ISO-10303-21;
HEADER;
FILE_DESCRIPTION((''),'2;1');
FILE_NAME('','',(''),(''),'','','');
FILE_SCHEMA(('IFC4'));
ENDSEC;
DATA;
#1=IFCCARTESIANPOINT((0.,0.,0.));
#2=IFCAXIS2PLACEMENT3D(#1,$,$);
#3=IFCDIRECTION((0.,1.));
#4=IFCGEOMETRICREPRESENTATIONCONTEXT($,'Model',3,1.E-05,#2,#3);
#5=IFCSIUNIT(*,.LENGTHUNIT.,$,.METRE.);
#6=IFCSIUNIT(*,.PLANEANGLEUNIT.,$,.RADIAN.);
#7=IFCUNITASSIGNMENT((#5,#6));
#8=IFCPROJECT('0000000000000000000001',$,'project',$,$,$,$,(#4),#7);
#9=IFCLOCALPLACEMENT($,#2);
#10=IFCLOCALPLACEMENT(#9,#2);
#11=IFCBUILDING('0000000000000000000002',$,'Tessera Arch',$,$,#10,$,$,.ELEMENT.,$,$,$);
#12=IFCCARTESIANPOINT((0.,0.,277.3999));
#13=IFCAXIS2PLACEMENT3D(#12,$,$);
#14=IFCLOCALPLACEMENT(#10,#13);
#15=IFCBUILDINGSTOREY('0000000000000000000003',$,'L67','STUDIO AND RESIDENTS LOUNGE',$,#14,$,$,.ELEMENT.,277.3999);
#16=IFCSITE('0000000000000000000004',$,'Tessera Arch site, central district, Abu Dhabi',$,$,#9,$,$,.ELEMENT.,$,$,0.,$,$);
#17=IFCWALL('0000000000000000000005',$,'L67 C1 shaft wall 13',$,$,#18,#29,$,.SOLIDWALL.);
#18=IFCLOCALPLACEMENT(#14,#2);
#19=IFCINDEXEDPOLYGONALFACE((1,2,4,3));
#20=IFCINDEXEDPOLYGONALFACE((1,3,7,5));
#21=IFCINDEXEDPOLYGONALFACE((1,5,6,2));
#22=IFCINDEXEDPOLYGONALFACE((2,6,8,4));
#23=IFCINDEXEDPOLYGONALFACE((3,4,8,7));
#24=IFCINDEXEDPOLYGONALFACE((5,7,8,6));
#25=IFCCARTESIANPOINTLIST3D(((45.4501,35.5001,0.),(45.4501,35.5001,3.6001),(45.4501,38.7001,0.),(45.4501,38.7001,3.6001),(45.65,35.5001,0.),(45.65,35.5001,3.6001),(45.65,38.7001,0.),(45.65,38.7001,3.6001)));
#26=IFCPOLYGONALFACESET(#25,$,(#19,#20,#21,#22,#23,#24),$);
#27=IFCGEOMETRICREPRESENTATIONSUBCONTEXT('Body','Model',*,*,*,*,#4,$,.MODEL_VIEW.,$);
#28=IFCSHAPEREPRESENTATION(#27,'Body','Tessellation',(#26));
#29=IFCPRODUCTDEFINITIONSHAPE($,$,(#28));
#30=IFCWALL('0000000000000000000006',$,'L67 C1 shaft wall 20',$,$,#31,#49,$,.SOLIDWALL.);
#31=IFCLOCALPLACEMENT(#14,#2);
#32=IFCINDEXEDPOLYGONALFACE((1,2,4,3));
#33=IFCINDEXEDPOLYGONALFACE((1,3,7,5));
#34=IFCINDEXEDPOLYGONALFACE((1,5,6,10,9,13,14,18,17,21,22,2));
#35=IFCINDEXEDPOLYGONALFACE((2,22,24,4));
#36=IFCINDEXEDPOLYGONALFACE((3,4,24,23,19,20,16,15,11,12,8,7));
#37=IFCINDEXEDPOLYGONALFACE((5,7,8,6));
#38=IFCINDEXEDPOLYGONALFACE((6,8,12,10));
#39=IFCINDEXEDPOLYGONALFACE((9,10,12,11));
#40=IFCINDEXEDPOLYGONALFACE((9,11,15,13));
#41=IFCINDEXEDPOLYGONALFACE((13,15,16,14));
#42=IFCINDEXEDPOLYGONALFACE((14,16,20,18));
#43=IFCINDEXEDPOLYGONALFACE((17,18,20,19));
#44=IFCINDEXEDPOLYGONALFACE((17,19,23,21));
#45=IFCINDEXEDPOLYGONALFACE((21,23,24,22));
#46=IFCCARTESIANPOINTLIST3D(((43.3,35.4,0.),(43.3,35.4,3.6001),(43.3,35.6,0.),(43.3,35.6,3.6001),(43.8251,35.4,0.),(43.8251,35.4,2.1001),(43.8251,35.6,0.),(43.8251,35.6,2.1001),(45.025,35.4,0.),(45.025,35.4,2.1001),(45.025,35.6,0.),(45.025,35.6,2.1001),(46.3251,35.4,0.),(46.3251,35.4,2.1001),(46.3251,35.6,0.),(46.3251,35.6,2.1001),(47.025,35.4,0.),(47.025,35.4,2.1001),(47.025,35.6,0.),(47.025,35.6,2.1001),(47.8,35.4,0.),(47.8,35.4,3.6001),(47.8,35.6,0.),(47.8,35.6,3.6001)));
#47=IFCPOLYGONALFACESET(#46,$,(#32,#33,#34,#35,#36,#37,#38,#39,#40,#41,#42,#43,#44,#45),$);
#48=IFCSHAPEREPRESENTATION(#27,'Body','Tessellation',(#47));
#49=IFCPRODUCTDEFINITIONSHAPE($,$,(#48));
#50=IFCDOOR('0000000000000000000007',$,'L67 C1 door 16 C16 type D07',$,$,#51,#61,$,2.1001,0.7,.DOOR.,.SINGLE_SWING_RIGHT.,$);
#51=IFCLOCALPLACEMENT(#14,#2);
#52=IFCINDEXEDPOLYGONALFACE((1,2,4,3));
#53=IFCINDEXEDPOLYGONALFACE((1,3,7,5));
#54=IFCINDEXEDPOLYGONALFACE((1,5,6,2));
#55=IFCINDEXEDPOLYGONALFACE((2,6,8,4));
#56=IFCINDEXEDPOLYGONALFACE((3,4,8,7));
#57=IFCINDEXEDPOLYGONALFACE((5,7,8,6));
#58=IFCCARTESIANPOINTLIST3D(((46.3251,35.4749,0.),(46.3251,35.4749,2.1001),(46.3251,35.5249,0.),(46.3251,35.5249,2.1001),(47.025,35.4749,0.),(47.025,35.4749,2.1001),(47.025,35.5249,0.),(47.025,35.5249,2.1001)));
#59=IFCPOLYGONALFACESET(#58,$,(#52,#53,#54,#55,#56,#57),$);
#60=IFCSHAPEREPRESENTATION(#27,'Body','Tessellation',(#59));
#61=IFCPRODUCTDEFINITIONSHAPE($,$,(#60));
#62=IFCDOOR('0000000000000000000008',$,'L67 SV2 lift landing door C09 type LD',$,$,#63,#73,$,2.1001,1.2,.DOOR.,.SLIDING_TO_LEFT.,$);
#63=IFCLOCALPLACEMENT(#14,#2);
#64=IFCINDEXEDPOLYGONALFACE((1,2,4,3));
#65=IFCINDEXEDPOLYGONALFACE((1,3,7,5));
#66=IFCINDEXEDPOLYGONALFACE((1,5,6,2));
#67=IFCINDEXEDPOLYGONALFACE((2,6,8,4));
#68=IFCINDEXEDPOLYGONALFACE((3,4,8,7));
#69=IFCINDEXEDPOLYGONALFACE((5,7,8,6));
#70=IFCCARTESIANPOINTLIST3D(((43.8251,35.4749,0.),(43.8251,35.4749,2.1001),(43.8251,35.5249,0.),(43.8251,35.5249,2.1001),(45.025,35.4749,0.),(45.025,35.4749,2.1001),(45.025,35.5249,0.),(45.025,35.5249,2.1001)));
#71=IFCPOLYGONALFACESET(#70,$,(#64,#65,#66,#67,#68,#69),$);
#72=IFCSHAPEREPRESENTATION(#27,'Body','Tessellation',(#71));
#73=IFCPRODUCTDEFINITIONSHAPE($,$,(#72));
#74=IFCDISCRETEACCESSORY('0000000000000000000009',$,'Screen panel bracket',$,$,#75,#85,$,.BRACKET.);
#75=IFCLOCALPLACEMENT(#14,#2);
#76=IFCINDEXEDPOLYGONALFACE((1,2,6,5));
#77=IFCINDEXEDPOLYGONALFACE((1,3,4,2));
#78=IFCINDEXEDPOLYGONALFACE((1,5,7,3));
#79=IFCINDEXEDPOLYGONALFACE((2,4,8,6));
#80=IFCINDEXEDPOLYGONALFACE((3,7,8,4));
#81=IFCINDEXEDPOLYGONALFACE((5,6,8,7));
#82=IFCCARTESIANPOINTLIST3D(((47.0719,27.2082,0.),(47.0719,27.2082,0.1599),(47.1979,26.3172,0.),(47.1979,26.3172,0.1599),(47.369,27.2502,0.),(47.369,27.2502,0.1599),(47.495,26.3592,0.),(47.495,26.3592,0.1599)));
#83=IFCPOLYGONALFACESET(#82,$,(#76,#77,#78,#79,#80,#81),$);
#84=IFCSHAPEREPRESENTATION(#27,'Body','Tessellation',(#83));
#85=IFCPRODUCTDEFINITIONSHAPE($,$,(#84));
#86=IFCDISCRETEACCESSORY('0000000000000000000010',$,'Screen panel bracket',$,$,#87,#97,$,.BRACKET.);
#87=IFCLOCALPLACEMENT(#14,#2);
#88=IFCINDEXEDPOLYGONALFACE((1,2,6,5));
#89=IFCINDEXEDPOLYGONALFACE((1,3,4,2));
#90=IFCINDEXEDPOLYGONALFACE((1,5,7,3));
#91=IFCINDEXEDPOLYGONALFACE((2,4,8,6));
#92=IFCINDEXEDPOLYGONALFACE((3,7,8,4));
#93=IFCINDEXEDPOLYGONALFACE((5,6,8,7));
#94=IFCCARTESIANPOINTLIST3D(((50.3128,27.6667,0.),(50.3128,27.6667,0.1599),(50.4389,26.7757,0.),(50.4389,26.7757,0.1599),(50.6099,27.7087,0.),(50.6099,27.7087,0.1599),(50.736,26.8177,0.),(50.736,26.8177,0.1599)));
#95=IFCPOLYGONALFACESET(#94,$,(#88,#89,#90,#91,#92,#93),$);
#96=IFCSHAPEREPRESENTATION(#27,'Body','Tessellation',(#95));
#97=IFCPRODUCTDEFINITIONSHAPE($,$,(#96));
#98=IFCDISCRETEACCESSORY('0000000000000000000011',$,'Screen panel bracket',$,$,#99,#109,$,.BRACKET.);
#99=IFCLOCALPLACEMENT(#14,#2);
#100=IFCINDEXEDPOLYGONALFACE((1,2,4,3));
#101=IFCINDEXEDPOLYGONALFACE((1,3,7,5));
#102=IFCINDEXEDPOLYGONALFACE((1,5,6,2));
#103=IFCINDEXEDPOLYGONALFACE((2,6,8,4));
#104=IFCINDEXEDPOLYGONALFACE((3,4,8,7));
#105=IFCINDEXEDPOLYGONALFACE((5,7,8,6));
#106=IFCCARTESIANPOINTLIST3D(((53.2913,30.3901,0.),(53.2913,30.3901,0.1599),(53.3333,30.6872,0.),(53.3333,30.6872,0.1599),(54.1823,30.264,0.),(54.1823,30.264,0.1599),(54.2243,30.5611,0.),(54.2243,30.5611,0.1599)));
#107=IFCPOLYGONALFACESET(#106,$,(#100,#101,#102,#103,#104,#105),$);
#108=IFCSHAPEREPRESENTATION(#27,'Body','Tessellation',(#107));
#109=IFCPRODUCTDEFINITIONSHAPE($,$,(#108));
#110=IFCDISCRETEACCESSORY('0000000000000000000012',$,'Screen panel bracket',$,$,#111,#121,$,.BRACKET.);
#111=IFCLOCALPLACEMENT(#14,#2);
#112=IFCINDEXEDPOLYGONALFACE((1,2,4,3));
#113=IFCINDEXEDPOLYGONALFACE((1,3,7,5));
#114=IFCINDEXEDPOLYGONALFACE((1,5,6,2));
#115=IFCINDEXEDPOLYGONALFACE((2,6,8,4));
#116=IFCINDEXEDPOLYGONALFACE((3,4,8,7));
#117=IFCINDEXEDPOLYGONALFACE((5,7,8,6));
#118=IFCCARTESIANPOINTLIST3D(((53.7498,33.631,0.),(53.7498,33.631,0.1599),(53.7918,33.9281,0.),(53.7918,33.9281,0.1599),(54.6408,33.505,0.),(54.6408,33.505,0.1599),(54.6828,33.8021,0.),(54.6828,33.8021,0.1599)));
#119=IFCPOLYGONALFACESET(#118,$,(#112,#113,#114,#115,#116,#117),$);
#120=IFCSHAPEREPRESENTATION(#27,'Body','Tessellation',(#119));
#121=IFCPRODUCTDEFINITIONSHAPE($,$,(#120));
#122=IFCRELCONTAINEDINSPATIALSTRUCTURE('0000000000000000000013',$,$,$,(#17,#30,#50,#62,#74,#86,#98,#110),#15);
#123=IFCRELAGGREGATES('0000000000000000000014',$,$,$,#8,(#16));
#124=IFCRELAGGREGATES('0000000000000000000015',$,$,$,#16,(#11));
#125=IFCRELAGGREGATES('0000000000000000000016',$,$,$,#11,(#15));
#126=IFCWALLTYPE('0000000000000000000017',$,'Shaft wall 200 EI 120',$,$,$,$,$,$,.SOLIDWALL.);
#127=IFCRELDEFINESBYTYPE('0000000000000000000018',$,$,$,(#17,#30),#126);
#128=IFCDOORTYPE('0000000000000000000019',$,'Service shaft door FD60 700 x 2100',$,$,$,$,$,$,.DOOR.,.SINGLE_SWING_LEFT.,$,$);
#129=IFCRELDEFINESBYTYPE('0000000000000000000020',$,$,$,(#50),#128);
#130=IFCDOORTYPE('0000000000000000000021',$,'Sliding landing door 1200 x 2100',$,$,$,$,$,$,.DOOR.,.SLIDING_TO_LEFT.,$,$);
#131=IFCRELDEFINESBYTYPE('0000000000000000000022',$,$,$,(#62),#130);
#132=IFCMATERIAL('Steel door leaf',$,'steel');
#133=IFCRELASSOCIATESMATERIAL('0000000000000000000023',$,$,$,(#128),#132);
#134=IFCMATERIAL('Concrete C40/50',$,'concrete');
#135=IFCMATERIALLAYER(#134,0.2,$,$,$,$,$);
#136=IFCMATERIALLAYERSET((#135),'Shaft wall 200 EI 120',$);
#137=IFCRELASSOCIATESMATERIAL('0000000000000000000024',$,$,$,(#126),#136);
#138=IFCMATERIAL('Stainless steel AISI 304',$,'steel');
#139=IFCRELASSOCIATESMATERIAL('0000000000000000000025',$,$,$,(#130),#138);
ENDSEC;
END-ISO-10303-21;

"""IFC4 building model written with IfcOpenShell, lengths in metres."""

from ifc_helpers import new_model, si_unit, direction, frame, frame_2d, origin, origin_2d, place, context, subcontext, project, spatial, rectangle, extrude, material, layer, layer_set, type_object, element, fill, save


model = new_model("IFC4")

# Units and contexts
model_context = context("Model", 3, precision=1e-05, world=origin(), true_north=direction((0.0, 1.0)))
body_context = subcontext(model_context, "Body", "Model", "MODEL_VIEW")
ifc_project = project(units=[si_unit("LENGTHUNIT", "METRE"), si_unit("PLANEANGLEUNIT", "RADIAN")], contexts=[model_context])

# Site, building, storey
site_placement = place(None, origin())
site = spatial("IfcSite", under=ifc_project, at=site_placement, Name="Tessera Arch site, central district, Abu Dhabi", CompositionType="ELEMENT", RefElevation=0.0)
building_placement = place(site_placement, origin())
building = spatial("IfcBuilding", under=site, at=building_placement, Name="Tessera Arch", CompositionType="ELEMENT")
storey_placement = place(building_placement, frame((0.0, 0.0, 277.3999)))
storey = spatial("IfcBuildingStorey", under=building, at=storey_placement, Name="L67", Description="STUDIO AND RESIDENTS LOUNGE", CompositionType="ELEMENT", Elevation=277.3999)

# Shared definitions
ifc_material_1 = material(Name="Steel door leaf", Category="steel")
door_type_1 = type_object("IfcDoorType", Name="Service shaft door FD60 700 x 2100", OperationType="SINGLE_SWING_LEFT", PredefinedType="DOOR", material=ifc_material_1)

# Wall
ifc_material_2 = material(Name="Concrete C40/50", Category="concrete")
ifc_layer_1 = layer(ifc_material_2, 0.2)
ifc_layer_set_1 = layer_set([ifc_layer_1], Name="Shaft wall 200 EI 120")
wall_type_1 = type_object("IfcWallType", Name="Shaft wall 200 EI 120", PredefinedType="SOLIDWALL", material=ifc_layer_set_1)
for number, where, z_axis, x_axis, name in (
    (1, (45.55, 35.5, 0.0), (0.0, 0.0, 1.0), (0.0, 1.0, 0.0), "L67 C1 shaft wall 13"),
):
    element("IfcWall", number, at=place(storey_placement, frame(where, z_axis=z_axis, x_axis=x_axis)), inside=storey, type_object=wall_type_1, Name=name, PredefinedType="SOLIDWALL", context=body_context, shape_type="SweptSolid", body=[
        extrude(rectangle(XDim=3.2, YDim=0.2, at=frame_2d((1.6001, 0.0))), origin(), (0.0, 0.0, 1.0), 3.6001),
    ])

# Wall, openings, doors
wall_1_placement = place(storey_placement, frame((43.3, 35.5, 0.0), z_axis=(0.0, 0.0, 1.0), x_axis=(1.0, 0.0, 0.0)))
wall_1 = element("IfcWall", 2, at=wall_1_placement, inside=storey, type_object=wall_type_1, Name="L67 C1 shaft wall 20", PredefinedType="SOLIDWALL", context=body_context, shape_type="SweptSolid", body=[
    extrude(rectangle(XDim=4.5, YDim=0.2, at=frame_2d((2.25, 0.0))), origin(), (0.0, 0.0, 1.0), 3.6001),
])
opening_1_placement = place(wall_1_placement, frame((0.5249, 0.0, 0.0)))
opening_1 = element("IfcOpeningElement", 3, at=opening_1_placement, cuts=wall_1, PredefinedType="OPENING", context=body_context, shape_type="SweptSolid", body=[
    extrude(rectangle(XDim=1.2, YDim=2.1001, at=frame_2d((0.6001, 1.05))), frame((0.0, 0.1099, 0.0), z_axis=(0.0, -1.0, 0.0), x_axis=(1.0, 0.0, 0.0)), (0.0, 0.0, 1.0), 0.22),
])
opening_2_placement = place(wall_1_placement, frame((3.0249, 0.0, 0.0)))
opening_2 = element("IfcOpeningElement", 4, at=opening_2_placement, cuts=wall_1, PredefinedType="OPENING", context=body_context, shape_type="SweptSolid", body=[
    extrude(rectangle(XDim=0.7, YDim=2.1001, at=frame_2d((0.3501, 1.05))), frame((0.0, 0.1099, 0.0), z_axis=(0.0, -1.0, 0.0), x_axis=(1.0, 0.0, 0.0)), (0.0, 0.0, 1.0), 0.22),
])
door_1_placement = place(opening_2_placement, origin())
door_1 = element("IfcDoor", 5, at=door_1_placement, inside=storey, type_object=door_type_1, Name="L67 C1 door 16 C16 type D07", OperationType="SINGLE_SWING_RIGHT", OverallHeight=2.1001, OverallWidth=0.7, PredefinedType="DOOR", context=body_context, shape_type="SweptSolid", body=[
    extrude(rectangle(XDim=0.7, YDim=2.1001, at=frame_2d((0.3501, 1.05))), frame((0.0, 0.0249, 0.0), z_axis=(0.0, -1.0, 0.0), x_axis=(1.0, 0.0, 0.0)), (0.0, 0.0, 1.0), 0.05),
])
fill(opening_2, door_1)
ifc_material_3 = material(Name="Stainless steel AISI 304", Category="steel")
door_type_2 = type_object("IfcDoorType", Name="Sliding landing door 1200 x 2100", OperationType="SLIDING_TO_LEFT", PredefinedType="DOOR", material=ifc_material_3)
door_2_placement = place(opening_1_placement, origin())
door_2 = element("IfcDoor", 6, at=door_2_placement, inside=storey, type_object=door_type_2, Name="L67 SV2 lift landing door C09 type LD", OperationType="SLIDING_TO_LEFT", OverallHeight=2.1001, OverallWidth=1.2, PredefinedType="DOOR", context=body_context, shape_type="SweptSolid", body=[
    extrude(rectangle(XDim=1.2, YDim=2.1001, at=frame_2d((0.6001, 1.05))), frame((0.0, 0.0249, 0.0), z_axis=(0.0, -1.0, 0.0), x_axis=(1.0, 0.0, 0.0)), (0.0, 0.0, 1.0), 0.05),
])
fill(opening_1, door_2)

# Discrete accessories
for number, where, z_axis, x_axis, name in (
    (7, (47.2834, 26.7837, 0.0), (0.0, 0.0, 1.0), (0.140089, -0.990139, 0.0), "Screen panel bracket"),
    (8, (50.5244, 27.2422, 0.0), (0.0, 0.0, 1.0), (0.140089, -0.990139, 0.0), "Screen panel bracket"),
    (9, (53.7578, 30.4756, 0.0), (0.0, 0.0, 1.0), (0.990139, -0.140089, 0.0), "Screen panel bracket"),
    (10, (54.2163, 33.7166, 0.0), (0.0, 0.0, 1.0), (0.990139, -0.140089, 0.0), "Screen panel bracket"),
):
    element("IfcDiscreteAccessory", number, at=place(storey_placement, frame(where, z_axis=z_axis, x_axis=x_axis)), inside=storey, Name=name, PredefinedType="BRACKET", context=body_context, shape_type="SweptSolid", body=[
        extrude(rectangle(XDim=0.8999, YDim=0.3, at=origin_2d()), origin(), (0.0, 0.0, 1.0), 0.1599),
    ])

save(model, "model.ifc")
